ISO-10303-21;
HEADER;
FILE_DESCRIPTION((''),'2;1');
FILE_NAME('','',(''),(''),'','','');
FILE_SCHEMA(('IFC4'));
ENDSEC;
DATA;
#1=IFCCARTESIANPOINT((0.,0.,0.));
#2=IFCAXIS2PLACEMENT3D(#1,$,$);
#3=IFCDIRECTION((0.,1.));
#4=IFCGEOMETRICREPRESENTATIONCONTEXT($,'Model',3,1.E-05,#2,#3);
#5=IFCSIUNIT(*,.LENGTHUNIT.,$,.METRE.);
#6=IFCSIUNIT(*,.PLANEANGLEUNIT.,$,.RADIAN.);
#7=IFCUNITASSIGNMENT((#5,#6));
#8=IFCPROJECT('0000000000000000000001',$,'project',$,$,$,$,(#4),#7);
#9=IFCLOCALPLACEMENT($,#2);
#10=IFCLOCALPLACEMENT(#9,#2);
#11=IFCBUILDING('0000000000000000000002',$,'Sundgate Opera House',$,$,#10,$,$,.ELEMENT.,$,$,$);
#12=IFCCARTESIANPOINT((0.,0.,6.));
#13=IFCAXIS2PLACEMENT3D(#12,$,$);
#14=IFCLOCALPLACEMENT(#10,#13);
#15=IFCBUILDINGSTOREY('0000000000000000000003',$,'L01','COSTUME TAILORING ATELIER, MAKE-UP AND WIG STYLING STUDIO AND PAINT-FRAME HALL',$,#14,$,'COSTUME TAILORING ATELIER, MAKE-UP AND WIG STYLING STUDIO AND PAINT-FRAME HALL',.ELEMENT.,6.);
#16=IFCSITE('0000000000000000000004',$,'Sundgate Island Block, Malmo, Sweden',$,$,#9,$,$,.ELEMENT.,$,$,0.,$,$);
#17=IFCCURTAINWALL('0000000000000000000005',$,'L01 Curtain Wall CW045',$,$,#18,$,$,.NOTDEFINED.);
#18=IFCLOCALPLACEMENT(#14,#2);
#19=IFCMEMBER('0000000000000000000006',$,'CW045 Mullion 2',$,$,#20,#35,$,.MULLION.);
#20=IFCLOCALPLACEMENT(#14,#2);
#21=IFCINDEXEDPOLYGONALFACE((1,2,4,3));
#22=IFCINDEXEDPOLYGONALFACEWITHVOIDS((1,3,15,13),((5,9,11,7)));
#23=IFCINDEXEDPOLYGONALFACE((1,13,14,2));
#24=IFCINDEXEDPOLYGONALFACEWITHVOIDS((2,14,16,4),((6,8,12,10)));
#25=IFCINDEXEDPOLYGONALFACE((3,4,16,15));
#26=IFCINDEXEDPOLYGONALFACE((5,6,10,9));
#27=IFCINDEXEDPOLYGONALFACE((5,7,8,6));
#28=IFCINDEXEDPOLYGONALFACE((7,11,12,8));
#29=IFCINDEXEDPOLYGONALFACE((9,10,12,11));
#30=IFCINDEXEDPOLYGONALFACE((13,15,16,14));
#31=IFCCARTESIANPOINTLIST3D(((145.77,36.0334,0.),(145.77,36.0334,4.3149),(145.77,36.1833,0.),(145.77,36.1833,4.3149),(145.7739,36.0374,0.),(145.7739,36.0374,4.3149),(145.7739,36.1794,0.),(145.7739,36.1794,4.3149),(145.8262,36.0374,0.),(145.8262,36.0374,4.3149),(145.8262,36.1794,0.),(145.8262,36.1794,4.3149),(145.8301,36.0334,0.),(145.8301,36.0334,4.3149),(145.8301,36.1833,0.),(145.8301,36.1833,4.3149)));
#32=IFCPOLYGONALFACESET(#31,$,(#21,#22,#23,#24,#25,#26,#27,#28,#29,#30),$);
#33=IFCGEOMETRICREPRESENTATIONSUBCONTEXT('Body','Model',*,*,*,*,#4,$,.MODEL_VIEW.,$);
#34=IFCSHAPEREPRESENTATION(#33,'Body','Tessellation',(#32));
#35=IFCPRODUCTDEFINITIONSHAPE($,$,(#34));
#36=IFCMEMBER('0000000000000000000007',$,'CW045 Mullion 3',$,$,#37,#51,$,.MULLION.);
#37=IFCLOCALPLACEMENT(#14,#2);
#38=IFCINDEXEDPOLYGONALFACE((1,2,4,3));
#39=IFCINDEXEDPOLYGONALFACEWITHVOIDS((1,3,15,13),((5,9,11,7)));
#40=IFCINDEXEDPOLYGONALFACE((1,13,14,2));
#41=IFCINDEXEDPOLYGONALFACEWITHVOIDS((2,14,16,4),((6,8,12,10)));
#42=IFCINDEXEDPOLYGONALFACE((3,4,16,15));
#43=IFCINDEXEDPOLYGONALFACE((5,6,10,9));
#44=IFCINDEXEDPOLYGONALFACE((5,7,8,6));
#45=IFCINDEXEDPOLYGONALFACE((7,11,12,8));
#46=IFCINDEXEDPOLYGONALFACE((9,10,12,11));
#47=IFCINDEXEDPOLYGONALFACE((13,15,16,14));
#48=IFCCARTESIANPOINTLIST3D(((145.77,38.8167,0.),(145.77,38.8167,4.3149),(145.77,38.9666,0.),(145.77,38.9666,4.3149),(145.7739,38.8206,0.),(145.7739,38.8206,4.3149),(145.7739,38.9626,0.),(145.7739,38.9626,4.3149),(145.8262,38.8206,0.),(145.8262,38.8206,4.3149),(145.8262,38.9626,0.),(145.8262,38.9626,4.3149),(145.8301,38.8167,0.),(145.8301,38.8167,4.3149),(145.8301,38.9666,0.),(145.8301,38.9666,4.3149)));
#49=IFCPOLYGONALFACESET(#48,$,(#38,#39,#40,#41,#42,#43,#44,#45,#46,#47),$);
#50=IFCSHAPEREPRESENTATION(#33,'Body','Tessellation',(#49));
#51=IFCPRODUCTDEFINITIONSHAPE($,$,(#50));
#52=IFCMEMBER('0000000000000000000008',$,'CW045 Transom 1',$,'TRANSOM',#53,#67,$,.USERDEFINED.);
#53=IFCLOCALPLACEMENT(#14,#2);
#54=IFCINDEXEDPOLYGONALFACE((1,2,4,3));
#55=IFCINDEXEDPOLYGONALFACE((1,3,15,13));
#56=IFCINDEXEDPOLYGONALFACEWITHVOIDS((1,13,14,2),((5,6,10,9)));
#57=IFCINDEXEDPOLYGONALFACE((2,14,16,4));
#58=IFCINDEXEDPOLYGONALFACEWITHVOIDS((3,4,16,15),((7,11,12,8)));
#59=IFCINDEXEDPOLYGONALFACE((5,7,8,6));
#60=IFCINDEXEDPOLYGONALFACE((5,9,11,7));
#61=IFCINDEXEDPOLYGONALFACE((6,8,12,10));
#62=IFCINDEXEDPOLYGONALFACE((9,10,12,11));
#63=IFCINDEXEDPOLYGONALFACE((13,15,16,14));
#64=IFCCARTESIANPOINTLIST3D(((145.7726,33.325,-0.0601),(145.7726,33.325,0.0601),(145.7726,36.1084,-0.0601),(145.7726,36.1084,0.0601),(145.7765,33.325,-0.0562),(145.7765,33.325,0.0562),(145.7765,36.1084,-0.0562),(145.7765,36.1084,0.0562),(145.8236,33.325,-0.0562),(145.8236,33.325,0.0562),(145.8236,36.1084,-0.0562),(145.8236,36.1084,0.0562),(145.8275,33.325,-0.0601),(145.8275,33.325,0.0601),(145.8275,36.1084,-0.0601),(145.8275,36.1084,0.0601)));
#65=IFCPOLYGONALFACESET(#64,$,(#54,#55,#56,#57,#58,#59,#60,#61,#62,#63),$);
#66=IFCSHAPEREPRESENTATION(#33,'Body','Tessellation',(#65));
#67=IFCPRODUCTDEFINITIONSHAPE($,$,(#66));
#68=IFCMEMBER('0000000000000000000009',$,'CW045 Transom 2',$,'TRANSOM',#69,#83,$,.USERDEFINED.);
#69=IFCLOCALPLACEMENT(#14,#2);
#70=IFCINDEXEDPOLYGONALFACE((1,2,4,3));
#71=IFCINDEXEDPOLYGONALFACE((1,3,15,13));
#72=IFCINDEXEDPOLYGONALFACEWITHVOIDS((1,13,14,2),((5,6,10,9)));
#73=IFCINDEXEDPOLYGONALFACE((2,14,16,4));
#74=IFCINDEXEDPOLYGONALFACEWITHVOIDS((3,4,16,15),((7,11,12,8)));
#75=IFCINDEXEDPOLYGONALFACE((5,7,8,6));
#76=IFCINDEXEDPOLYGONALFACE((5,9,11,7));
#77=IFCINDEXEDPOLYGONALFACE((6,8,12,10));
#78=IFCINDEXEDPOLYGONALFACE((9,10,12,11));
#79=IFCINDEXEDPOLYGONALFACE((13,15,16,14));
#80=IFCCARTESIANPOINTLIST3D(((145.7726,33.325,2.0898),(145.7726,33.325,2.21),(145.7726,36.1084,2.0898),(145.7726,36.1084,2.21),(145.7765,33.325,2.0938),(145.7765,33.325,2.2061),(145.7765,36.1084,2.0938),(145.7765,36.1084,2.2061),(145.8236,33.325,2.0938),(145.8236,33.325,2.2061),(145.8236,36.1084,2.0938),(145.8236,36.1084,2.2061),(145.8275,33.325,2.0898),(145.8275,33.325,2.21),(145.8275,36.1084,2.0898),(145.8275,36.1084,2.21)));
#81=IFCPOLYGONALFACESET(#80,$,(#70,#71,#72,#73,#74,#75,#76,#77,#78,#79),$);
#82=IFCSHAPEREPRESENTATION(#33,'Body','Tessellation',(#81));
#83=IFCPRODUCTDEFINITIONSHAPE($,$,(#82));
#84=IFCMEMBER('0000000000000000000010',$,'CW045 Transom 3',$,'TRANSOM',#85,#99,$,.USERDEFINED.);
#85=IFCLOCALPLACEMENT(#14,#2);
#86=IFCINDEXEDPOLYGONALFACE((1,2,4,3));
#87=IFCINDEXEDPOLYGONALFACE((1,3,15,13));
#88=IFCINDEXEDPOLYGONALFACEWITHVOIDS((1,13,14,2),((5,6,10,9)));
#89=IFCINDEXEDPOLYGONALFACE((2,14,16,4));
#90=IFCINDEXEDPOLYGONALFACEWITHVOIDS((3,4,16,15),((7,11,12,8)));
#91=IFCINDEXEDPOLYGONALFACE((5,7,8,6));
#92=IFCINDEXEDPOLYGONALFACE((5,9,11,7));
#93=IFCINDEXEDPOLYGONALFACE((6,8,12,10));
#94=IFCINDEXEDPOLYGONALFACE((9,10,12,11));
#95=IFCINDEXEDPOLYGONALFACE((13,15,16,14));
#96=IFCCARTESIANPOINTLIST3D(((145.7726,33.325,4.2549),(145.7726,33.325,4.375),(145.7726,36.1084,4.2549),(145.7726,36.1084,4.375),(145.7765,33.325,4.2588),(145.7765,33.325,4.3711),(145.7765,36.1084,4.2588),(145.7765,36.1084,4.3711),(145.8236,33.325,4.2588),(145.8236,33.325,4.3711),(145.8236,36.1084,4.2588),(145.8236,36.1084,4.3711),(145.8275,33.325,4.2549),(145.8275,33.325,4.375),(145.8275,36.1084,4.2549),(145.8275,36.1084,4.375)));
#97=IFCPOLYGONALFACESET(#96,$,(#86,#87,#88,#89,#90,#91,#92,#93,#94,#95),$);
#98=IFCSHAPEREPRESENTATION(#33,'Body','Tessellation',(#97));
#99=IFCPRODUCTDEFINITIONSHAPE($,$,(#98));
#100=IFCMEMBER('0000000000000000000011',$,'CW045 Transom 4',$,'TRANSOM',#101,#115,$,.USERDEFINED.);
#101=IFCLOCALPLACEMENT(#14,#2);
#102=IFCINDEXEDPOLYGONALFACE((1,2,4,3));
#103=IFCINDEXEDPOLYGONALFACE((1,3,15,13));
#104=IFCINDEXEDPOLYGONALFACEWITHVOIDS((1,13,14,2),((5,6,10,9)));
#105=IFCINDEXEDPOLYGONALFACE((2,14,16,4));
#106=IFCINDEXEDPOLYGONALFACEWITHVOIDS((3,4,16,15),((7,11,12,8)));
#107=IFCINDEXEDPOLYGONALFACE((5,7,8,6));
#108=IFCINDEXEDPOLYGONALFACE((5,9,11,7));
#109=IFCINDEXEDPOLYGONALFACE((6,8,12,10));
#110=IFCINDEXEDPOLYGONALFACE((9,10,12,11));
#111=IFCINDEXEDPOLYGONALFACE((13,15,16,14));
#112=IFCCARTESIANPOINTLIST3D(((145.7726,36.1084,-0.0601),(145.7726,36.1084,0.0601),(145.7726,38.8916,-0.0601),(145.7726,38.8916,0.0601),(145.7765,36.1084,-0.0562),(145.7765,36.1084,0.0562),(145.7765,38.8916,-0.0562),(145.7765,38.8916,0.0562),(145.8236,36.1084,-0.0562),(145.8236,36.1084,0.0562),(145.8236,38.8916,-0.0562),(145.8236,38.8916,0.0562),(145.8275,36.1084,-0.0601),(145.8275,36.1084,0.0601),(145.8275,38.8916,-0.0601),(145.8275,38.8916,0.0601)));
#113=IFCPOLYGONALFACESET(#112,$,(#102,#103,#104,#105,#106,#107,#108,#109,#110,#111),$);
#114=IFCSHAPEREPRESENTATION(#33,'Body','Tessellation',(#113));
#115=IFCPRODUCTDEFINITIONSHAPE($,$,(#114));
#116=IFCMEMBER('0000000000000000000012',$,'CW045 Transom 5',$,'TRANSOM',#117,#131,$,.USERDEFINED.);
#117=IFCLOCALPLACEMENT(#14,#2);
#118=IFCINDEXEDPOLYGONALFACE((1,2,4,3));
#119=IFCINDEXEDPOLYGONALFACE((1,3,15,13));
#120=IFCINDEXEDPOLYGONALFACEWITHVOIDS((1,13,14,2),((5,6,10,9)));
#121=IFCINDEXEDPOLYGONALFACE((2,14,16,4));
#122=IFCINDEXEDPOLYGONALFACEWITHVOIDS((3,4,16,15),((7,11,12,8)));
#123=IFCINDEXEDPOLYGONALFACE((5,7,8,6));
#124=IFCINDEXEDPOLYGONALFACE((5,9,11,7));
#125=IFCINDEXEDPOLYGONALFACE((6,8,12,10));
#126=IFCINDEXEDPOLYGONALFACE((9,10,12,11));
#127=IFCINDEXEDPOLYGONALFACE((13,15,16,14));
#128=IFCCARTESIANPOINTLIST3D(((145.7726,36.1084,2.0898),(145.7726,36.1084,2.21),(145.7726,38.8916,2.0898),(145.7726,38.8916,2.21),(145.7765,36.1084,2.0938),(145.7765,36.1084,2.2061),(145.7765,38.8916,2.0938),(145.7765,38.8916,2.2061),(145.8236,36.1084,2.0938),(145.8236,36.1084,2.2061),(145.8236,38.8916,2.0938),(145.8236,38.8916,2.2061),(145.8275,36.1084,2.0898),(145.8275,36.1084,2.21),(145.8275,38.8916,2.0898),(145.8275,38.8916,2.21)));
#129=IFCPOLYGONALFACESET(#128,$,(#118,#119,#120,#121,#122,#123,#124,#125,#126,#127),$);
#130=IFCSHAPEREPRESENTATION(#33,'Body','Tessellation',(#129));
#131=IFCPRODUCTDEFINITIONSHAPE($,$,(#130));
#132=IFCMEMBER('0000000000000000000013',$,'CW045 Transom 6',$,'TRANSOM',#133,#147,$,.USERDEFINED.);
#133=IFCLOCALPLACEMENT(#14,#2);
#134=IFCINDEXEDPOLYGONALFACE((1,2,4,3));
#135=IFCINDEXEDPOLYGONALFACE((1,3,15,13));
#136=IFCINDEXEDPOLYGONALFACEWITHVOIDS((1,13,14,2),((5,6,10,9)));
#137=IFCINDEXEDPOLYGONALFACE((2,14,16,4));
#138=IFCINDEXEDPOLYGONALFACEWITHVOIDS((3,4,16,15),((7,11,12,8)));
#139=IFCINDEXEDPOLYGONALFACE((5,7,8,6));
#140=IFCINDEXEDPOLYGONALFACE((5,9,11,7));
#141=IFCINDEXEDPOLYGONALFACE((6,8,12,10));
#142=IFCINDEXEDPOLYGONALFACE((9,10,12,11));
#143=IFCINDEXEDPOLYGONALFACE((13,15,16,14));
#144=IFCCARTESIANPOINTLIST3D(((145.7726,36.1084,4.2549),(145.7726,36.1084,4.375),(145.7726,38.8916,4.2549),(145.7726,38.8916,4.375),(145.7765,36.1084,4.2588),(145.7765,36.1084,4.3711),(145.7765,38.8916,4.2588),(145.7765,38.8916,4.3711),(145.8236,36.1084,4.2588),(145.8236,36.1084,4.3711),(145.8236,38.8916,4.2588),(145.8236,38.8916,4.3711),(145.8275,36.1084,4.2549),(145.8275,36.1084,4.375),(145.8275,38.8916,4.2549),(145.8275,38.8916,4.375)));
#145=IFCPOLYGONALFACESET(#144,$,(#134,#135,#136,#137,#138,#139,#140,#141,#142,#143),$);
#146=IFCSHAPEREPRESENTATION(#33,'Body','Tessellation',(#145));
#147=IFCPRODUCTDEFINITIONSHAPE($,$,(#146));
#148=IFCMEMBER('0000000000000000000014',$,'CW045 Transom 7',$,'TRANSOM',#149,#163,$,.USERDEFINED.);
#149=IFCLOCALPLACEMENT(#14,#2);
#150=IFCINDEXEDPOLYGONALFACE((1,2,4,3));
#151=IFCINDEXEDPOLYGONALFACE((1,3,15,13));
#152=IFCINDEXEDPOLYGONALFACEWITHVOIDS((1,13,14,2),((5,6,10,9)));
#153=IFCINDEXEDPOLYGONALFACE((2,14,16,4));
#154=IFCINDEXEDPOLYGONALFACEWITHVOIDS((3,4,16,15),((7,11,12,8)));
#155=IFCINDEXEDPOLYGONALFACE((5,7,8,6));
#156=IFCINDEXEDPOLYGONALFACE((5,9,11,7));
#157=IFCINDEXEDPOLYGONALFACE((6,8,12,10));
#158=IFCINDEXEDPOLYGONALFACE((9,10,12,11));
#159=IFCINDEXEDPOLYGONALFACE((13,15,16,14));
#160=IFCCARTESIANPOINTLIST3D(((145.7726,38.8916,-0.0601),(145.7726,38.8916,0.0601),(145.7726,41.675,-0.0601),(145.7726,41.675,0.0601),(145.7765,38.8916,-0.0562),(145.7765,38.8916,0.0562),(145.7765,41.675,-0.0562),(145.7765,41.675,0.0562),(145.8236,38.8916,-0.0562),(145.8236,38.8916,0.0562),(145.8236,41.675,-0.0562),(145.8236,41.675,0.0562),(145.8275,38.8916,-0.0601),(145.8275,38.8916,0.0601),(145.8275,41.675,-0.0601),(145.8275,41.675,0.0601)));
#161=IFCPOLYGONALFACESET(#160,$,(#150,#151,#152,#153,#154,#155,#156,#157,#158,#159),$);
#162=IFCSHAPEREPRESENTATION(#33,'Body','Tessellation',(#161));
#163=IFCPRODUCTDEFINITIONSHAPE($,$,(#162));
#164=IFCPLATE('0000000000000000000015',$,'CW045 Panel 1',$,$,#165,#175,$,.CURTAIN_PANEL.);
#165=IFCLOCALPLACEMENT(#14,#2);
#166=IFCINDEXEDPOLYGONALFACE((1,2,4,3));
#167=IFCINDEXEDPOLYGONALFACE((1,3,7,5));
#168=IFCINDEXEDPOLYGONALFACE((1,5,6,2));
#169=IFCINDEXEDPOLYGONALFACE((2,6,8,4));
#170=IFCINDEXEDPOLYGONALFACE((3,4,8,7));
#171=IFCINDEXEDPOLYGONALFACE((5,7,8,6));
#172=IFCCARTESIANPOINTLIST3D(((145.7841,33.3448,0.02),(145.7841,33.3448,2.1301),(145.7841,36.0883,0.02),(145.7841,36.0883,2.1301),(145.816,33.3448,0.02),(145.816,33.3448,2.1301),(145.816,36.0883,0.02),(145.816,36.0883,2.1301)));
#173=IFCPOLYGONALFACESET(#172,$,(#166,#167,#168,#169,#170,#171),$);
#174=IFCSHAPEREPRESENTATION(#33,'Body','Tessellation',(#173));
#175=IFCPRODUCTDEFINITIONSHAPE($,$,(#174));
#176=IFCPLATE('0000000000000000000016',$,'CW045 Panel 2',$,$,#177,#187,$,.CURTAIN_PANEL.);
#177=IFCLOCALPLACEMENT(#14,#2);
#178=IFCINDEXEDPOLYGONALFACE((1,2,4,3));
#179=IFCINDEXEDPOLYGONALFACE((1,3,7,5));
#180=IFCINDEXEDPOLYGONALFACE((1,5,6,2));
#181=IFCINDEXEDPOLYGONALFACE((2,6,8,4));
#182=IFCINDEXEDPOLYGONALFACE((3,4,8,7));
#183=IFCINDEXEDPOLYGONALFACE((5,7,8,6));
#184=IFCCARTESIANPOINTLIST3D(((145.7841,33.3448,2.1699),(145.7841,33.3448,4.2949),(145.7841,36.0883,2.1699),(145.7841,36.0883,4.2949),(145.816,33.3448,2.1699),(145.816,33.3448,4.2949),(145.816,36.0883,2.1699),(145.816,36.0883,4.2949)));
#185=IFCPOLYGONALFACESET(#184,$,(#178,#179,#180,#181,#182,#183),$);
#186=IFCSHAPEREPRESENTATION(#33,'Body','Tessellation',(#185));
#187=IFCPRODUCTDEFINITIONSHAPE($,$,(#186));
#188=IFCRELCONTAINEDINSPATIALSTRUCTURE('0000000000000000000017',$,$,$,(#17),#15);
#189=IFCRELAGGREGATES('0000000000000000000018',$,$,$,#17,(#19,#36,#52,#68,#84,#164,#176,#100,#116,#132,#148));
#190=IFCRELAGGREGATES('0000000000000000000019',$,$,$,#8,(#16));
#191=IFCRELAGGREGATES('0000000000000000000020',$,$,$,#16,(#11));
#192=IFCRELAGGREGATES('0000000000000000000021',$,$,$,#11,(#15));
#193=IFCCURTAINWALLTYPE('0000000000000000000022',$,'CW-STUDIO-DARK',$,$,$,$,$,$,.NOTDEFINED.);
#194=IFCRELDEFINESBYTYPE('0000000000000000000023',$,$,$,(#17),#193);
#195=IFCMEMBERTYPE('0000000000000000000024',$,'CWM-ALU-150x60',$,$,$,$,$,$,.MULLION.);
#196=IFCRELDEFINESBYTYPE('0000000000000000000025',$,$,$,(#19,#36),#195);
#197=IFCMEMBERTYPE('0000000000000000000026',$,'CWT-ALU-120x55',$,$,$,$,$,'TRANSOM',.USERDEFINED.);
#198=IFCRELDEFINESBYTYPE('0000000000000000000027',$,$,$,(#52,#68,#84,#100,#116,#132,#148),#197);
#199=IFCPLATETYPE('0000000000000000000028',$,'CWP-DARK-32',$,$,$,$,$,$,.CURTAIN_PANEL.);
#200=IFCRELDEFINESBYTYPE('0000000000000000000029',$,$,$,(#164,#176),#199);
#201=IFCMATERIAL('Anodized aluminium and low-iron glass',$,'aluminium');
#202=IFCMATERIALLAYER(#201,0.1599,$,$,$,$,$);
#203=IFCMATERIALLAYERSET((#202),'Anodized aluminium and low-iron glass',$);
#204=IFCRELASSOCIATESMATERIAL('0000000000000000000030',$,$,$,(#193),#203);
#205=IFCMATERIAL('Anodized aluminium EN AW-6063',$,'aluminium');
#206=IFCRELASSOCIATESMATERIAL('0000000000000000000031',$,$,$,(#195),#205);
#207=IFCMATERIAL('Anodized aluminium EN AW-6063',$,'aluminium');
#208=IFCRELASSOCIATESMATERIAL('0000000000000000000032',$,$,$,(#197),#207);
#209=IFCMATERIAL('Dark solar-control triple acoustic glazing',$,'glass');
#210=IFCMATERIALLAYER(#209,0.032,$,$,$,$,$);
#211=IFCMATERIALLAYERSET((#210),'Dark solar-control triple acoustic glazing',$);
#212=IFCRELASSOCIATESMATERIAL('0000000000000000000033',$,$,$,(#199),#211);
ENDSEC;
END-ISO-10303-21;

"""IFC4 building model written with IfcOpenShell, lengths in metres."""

from ifc_helpers import new_model, si_unit, direction, frame, origin, origin_2d, place, context, subcontext, project, spatial, rectangle, hollow_rectangle, extrude, material, layer, layer_set, material_profile, profile_set, type_object, element, aggregate, save


model = new_model("IFC4")

# Units and contexts
model_context = context("Model", 3, precision=1e-05, world=origin(), true_north=direction((0.0, 1.0)))
body_context = subcontext(model_context, "Body", "Model", "MODEL_VIEW")
ifc_project = project(units=[si_unit("LENGTHUNIT", "METRE"), si_unit("PLANEANGLEUNIT", "RADIAN")], contexts=[model_context])

# Site, building, storey
site_placement = place(None, origin())
site = spatial("IfcSite", under=ifc_project, at=site_placement, Name="Sundgate Island Block, Malmo, Sweden", CompositionType="ELEMENT", RefElevation=0.0)
building_placement = place(site_placement, origin())
building = spatial("IfcBuilding", under=site, at=building_placement, Name="Sundgate Opera House", CompositionType="ELEMENT")
storey_placement = place(building_placement, frame((0.0, 0.0, 6.0)))
storey = spatial("IfcBuildingStorey", under=building, at=storey_placement, Name="L01", Description="COSTUME TAILORING ATELIER, MAKE-UP AND WIG STYLING STUDIO AND PAINT-FRAME HALL", LongName="COSTUME TAILORING ATELIER, MAKE-UP AND WIG STYLING STUDIO AND PAINT-FRAME HALL", CompositionType="ELEMENT", Elevation=6.0)

# Curtain wall, members, plates
ifc_material_1 = material(Name="Anodized aluminium and low-iron glass", Category="aluminium")
ifc_layer_1 = layer(ifc_material_1, 0.1599)
ifc_layer_set_1 = layer_set([ifc_layer_1], Name="Anodized aluminium and low-iron glass")
curtain_wall_type = type_object("IfcCurtainWallType", Name="CW-STUDIO-DARK", PredefinedType="NOTDEFINED", material=ifc_layer_set_1)
curtain_wall_placement = place(storey_placement, origin())
curtain_wall = element("IfcCurtainWall", 1, at=curtain_wall_placement, inside=storey, type_object=curtain_wall_type, Name="L01 Curtain Wall CW045", PredefinedType="NOTDEFINED")
ifc_material_2 = material(Name="Anodized aluminium EN AW-6063", Category="aluminium")
ifc_material_profile_1 = material_profile(ifc_material_2, hollow_rectangle(XDim=0.0601, YDim=0.1499, WallThickness=0.0039, at=origin_2d()), Name="CWM 150x60x4")
ifc_profile_set_1 = profile_set([ifc_material_profile_1], Name="Anodized aluminium EN AW-6063")
member_type_1 = type_object("IfcMemberType", Name="CWM-ALU-150x60", PredefinedType="MULLION", material=ifc_profile_set_1)
member_1_placement = place(storey_placement, frame((145.8, 36.1084, 0.0), z_axis=(0.0, 0.0, 1.0), x_axis=(1.0, 0.0, 0.0)))
member_1 = element("IfcMember", 2, at=member_1_placement, type_object=member_type_1, Name="CW045 Mullion 2", PredefinedType="MULLION", context=body_context, shape_type="SweptSolid", body=[
    extrude(hollow_rectangle(XDim=0.0601, YDim=0.1499, WallThickness=0.0039, at=origin_2d()), origin(), (0.0, 0.0, 1.0), 4.3149),
])
member_2_placement = place(storey_placement, frame((145.8, 38.8916, 0.0), z_axis=(0.0, 0.0, 1.0), x_axis=(1.0, 0.0, 0.0)))
member_2 = element("IfcMember", 3, at=member_2_placement, type_object=member_type_1, Name="CW045 Mullion 3", PredefinedType="MULLION", context=body_context, shape_type="SweptSolid", body=[
    extrude(hollow_rectangle(XDim=0.0601, YDim=0.1499, WallThickness=0.0039, at=origin_2d()), origin(), (0.0, 0.0, 1.0), 4.3149),
])
ifc_material_3 = material(Name="Anodized aluminium EN AW-6063", Category="aluminium")
ifc_material_profile_2 = material_profile(ifc_material_3, hollow_rectangle(XDim=0.0549, YDim=0.1201, WallThickness=0.0039, at=origin_2d()), Name="CWT 120x55x4")
ifc_profile_set_2 = profile_set([ifc_material_profile_2], Name="Anodized aluminium EN AW-6063")
member_type_2 = type_object("IfcMemberType", Name="CWT-ALU-120x55", ElementType="TRANSOM", PredefinedType="USERDEFINED", material=ifc_profile_set_2)
member_3_placement = place(storey_placement, frame((145.8, 33.325, 0.0), z_axis=(0.0, 1.0, 0.0), x_axis=(-1.0, 0.0, 0.0)))
member_3 = element("IfcMember", 4, at=member_3_placement, type_object=member_type_2, Name="CW045 Transom 1", ObjectType="TRANSOM", PredefinedType="USERDEFINED", context=body_context, shape_type="SweptSolid", body=[
    extrude(hollow_rectangle(XDim=0.0549, YDim=0.1201, WallThickness=0.0039, at=origin_2d()), origin(), (0.0, 0.0, 1.0), 2.7834),
])
member_4_placement = place(storey_placement, frame((145.8, 33.325, 2.1499), z_axis=(0.0, 1.0, 0.0), x_axis=(-1.0, 0.0, 0.0)))
member_4 = element("IfcMember", 5, at=member_4_placement, type_object=member_type_2, Name="CW045 Transom 2", ObjectType="TRANSOM", PredefinedType="USERDEFINED", context=body_context, shape_type="SweptSolid", body=[
    extrude(hollow_rectangle(XDim=0.0549, YDim=0.1201, WallThickness=0.0039, at=origin_2d()), origin(), (0.0, 0.0, 1.0), 2.7834),
])
member_5_placement = place(storey_placement, frame((145.8, 33.325, 4.3149), z_axis=(0.0, 1.0, 0.0), x_axis=(-1.0, 0.0, 0.0)))
member_5 = element("IfcMember", 6, at=member_5_placement, type_object=member_type_2, Name="CW045 Transom 3", ObjectType="TRANSOM", PredefinedType="USERDEFINED", context=body_context, shape_type="SweptSolid", body=[
    extrude(hollow_rectangle(XDim=0.0549, YDim=0.1201, WallThickness=0.0039, at=origin_2d()), origin(), (0.0, 0.0, 1.0), 2.7834),
])
member_6_placement = place(storey_placement, frame((145.8, 36.1084, 0.0), z_axis=(0.0, 1.0, 0.0), x_axis=(-1.0, 0.0, 0.0)))
member_6 = element("IfcMember", 7, at=member_6_placement, type_object=member_type_2, Name="CW045 Transom 4", ObjectType="TRANSOM", PredefinedType="USERDEFINED", context=body_context, shape_type="SweptSolid", body=[
    extrude(hollow_rectangle(XDim=0.0549, YDim=0.1201, WallThickness=0.0039, at=origin_2d()), origin(), (0.0, 0.0, 1.0), 2.7832),
])
member_7_placement = place(storey_placement, frame((145.8, 36.1084, 2.1499), z_axis=(0.0, 1.0, 0.0), x_axis=(-1.0, 0.0, 0.0)))
member_7 = element("IfcMember", 8, at=member_7_placement, type_object=member_type_2, Name="CW045 Transom 5", ObjectType="TRANSOM", PredefinedType="USERDEFINED", context=body_context, shape_type="SweptSolid", body=[
    extrude(hollow_rectangle(XDim=0.0549, YDim=0.1201, WallThickness=0.0039, at=origin_2d()), origin(), (0.0, 0.0, 1.0), 2.7832),
])
member_8_placement = place(storey_placement, frame((145.8, 36.1084, 4.3149), z_axis=(0.0, 1.0, 0.0), x_axis=(-1.0, 0.0, 0.0)))
member_8 = element("IfcMember", 9, at=member_8_placement, type_object=member_type_2, Name="CW045 Transom 6", ObjectType="TRANSOM", PredefinedType="USERDEFINED", context=body_context, shape_type="SweptSolid", body=[
    extrude(hollow_rectangle(XDim=0.0549, YDim=0.1201, WallThickness=0.0039, at=origin_2d()), origin(), (0.0, 0.0, 1.0), 2.7832),
])
member_9_placement = place(storey_placement, frame((145.8, 38.8916, 0.0), z_axis=(0.0, 1.0, 0.0), x_axis=(-1.0, 0.0, 0.0)))
member_9 = element("IfcMember", 10, at=member_9_placement, type_object=member_type_2, Name="CW045 Transom 7", ObjectType="TRANSOM", PredefinedType="USERDEFINED", context=body_context, shape_type="SweptSolid", body=[
    extrude(hollow_rectangle(XDim=0.0549, YDim=0.1201, WallThickness=0.0039, at=origin_2d()), origin(), (0.0, 0.0, 1.0), 2.7834),
])
ifc_material_4 = material(Name="Dark solar-control triple acoustic glazing", Category="glass")
ifc_layer_2 = layer(ifc_material_4, 0.032)
ifc_layer_set_2 = layer_set([ifc_layer_2], Name="Dark solar-control triple acoustic glazing")
plate_type_1 = type_object("IfcPlateType", Name="CWP-DARK-32", PredefinedType="CURTAIN_PANEL", material=ifc_layer_set_2)
plate_1_placement = place(storey_placement, frame((145.8, 34.7166, 0.02), z_axis=(0.0, 0.0, 1.0), x_axis=(0.0, 1.0, 0.0)))
plate_1 = element("IfcPlate", 11, at=plate_1_placement, type_object=plate_type_1, Name="CW045 Panel 1", PredefinedType="CURTAIN_PANEL", context=body_context, shape_type="SweptSolid", body=[
    extrude(rectangle(XDim=2.7434, YDim=0.032, at=origin_2d()), origin(), (0.0, 0.0, 1.0), 2.1101),
])
plate_2_placement = place(storey_placement, frame((145.8, 34.7166, 2.1699), z_axis=(0.0, 0.0, 1.0), x_axis=(0.0, 1.0, 0.0)))
plate_2 = element("IfcPlate", 12, at=plate_2_placement, type_object=plate_type_1, Name="CW045 Panel 2", PredefinedType="CURTAIN_PANEL", context=body_context, shape_type="SweptSolid", body=[
    extrude(rectangle(XDim=2.7434, YDim=0.032, at=origin_2d()), origin(), (0.0, 0.0, 1.0), 2.125),
])
aggregate(curtain_wall, [member_1, member_2, member_3, member_4, member_5, plate_1, plate_2, member_6, member_7, member_8, member_9])

save(model, "model.ifc")
